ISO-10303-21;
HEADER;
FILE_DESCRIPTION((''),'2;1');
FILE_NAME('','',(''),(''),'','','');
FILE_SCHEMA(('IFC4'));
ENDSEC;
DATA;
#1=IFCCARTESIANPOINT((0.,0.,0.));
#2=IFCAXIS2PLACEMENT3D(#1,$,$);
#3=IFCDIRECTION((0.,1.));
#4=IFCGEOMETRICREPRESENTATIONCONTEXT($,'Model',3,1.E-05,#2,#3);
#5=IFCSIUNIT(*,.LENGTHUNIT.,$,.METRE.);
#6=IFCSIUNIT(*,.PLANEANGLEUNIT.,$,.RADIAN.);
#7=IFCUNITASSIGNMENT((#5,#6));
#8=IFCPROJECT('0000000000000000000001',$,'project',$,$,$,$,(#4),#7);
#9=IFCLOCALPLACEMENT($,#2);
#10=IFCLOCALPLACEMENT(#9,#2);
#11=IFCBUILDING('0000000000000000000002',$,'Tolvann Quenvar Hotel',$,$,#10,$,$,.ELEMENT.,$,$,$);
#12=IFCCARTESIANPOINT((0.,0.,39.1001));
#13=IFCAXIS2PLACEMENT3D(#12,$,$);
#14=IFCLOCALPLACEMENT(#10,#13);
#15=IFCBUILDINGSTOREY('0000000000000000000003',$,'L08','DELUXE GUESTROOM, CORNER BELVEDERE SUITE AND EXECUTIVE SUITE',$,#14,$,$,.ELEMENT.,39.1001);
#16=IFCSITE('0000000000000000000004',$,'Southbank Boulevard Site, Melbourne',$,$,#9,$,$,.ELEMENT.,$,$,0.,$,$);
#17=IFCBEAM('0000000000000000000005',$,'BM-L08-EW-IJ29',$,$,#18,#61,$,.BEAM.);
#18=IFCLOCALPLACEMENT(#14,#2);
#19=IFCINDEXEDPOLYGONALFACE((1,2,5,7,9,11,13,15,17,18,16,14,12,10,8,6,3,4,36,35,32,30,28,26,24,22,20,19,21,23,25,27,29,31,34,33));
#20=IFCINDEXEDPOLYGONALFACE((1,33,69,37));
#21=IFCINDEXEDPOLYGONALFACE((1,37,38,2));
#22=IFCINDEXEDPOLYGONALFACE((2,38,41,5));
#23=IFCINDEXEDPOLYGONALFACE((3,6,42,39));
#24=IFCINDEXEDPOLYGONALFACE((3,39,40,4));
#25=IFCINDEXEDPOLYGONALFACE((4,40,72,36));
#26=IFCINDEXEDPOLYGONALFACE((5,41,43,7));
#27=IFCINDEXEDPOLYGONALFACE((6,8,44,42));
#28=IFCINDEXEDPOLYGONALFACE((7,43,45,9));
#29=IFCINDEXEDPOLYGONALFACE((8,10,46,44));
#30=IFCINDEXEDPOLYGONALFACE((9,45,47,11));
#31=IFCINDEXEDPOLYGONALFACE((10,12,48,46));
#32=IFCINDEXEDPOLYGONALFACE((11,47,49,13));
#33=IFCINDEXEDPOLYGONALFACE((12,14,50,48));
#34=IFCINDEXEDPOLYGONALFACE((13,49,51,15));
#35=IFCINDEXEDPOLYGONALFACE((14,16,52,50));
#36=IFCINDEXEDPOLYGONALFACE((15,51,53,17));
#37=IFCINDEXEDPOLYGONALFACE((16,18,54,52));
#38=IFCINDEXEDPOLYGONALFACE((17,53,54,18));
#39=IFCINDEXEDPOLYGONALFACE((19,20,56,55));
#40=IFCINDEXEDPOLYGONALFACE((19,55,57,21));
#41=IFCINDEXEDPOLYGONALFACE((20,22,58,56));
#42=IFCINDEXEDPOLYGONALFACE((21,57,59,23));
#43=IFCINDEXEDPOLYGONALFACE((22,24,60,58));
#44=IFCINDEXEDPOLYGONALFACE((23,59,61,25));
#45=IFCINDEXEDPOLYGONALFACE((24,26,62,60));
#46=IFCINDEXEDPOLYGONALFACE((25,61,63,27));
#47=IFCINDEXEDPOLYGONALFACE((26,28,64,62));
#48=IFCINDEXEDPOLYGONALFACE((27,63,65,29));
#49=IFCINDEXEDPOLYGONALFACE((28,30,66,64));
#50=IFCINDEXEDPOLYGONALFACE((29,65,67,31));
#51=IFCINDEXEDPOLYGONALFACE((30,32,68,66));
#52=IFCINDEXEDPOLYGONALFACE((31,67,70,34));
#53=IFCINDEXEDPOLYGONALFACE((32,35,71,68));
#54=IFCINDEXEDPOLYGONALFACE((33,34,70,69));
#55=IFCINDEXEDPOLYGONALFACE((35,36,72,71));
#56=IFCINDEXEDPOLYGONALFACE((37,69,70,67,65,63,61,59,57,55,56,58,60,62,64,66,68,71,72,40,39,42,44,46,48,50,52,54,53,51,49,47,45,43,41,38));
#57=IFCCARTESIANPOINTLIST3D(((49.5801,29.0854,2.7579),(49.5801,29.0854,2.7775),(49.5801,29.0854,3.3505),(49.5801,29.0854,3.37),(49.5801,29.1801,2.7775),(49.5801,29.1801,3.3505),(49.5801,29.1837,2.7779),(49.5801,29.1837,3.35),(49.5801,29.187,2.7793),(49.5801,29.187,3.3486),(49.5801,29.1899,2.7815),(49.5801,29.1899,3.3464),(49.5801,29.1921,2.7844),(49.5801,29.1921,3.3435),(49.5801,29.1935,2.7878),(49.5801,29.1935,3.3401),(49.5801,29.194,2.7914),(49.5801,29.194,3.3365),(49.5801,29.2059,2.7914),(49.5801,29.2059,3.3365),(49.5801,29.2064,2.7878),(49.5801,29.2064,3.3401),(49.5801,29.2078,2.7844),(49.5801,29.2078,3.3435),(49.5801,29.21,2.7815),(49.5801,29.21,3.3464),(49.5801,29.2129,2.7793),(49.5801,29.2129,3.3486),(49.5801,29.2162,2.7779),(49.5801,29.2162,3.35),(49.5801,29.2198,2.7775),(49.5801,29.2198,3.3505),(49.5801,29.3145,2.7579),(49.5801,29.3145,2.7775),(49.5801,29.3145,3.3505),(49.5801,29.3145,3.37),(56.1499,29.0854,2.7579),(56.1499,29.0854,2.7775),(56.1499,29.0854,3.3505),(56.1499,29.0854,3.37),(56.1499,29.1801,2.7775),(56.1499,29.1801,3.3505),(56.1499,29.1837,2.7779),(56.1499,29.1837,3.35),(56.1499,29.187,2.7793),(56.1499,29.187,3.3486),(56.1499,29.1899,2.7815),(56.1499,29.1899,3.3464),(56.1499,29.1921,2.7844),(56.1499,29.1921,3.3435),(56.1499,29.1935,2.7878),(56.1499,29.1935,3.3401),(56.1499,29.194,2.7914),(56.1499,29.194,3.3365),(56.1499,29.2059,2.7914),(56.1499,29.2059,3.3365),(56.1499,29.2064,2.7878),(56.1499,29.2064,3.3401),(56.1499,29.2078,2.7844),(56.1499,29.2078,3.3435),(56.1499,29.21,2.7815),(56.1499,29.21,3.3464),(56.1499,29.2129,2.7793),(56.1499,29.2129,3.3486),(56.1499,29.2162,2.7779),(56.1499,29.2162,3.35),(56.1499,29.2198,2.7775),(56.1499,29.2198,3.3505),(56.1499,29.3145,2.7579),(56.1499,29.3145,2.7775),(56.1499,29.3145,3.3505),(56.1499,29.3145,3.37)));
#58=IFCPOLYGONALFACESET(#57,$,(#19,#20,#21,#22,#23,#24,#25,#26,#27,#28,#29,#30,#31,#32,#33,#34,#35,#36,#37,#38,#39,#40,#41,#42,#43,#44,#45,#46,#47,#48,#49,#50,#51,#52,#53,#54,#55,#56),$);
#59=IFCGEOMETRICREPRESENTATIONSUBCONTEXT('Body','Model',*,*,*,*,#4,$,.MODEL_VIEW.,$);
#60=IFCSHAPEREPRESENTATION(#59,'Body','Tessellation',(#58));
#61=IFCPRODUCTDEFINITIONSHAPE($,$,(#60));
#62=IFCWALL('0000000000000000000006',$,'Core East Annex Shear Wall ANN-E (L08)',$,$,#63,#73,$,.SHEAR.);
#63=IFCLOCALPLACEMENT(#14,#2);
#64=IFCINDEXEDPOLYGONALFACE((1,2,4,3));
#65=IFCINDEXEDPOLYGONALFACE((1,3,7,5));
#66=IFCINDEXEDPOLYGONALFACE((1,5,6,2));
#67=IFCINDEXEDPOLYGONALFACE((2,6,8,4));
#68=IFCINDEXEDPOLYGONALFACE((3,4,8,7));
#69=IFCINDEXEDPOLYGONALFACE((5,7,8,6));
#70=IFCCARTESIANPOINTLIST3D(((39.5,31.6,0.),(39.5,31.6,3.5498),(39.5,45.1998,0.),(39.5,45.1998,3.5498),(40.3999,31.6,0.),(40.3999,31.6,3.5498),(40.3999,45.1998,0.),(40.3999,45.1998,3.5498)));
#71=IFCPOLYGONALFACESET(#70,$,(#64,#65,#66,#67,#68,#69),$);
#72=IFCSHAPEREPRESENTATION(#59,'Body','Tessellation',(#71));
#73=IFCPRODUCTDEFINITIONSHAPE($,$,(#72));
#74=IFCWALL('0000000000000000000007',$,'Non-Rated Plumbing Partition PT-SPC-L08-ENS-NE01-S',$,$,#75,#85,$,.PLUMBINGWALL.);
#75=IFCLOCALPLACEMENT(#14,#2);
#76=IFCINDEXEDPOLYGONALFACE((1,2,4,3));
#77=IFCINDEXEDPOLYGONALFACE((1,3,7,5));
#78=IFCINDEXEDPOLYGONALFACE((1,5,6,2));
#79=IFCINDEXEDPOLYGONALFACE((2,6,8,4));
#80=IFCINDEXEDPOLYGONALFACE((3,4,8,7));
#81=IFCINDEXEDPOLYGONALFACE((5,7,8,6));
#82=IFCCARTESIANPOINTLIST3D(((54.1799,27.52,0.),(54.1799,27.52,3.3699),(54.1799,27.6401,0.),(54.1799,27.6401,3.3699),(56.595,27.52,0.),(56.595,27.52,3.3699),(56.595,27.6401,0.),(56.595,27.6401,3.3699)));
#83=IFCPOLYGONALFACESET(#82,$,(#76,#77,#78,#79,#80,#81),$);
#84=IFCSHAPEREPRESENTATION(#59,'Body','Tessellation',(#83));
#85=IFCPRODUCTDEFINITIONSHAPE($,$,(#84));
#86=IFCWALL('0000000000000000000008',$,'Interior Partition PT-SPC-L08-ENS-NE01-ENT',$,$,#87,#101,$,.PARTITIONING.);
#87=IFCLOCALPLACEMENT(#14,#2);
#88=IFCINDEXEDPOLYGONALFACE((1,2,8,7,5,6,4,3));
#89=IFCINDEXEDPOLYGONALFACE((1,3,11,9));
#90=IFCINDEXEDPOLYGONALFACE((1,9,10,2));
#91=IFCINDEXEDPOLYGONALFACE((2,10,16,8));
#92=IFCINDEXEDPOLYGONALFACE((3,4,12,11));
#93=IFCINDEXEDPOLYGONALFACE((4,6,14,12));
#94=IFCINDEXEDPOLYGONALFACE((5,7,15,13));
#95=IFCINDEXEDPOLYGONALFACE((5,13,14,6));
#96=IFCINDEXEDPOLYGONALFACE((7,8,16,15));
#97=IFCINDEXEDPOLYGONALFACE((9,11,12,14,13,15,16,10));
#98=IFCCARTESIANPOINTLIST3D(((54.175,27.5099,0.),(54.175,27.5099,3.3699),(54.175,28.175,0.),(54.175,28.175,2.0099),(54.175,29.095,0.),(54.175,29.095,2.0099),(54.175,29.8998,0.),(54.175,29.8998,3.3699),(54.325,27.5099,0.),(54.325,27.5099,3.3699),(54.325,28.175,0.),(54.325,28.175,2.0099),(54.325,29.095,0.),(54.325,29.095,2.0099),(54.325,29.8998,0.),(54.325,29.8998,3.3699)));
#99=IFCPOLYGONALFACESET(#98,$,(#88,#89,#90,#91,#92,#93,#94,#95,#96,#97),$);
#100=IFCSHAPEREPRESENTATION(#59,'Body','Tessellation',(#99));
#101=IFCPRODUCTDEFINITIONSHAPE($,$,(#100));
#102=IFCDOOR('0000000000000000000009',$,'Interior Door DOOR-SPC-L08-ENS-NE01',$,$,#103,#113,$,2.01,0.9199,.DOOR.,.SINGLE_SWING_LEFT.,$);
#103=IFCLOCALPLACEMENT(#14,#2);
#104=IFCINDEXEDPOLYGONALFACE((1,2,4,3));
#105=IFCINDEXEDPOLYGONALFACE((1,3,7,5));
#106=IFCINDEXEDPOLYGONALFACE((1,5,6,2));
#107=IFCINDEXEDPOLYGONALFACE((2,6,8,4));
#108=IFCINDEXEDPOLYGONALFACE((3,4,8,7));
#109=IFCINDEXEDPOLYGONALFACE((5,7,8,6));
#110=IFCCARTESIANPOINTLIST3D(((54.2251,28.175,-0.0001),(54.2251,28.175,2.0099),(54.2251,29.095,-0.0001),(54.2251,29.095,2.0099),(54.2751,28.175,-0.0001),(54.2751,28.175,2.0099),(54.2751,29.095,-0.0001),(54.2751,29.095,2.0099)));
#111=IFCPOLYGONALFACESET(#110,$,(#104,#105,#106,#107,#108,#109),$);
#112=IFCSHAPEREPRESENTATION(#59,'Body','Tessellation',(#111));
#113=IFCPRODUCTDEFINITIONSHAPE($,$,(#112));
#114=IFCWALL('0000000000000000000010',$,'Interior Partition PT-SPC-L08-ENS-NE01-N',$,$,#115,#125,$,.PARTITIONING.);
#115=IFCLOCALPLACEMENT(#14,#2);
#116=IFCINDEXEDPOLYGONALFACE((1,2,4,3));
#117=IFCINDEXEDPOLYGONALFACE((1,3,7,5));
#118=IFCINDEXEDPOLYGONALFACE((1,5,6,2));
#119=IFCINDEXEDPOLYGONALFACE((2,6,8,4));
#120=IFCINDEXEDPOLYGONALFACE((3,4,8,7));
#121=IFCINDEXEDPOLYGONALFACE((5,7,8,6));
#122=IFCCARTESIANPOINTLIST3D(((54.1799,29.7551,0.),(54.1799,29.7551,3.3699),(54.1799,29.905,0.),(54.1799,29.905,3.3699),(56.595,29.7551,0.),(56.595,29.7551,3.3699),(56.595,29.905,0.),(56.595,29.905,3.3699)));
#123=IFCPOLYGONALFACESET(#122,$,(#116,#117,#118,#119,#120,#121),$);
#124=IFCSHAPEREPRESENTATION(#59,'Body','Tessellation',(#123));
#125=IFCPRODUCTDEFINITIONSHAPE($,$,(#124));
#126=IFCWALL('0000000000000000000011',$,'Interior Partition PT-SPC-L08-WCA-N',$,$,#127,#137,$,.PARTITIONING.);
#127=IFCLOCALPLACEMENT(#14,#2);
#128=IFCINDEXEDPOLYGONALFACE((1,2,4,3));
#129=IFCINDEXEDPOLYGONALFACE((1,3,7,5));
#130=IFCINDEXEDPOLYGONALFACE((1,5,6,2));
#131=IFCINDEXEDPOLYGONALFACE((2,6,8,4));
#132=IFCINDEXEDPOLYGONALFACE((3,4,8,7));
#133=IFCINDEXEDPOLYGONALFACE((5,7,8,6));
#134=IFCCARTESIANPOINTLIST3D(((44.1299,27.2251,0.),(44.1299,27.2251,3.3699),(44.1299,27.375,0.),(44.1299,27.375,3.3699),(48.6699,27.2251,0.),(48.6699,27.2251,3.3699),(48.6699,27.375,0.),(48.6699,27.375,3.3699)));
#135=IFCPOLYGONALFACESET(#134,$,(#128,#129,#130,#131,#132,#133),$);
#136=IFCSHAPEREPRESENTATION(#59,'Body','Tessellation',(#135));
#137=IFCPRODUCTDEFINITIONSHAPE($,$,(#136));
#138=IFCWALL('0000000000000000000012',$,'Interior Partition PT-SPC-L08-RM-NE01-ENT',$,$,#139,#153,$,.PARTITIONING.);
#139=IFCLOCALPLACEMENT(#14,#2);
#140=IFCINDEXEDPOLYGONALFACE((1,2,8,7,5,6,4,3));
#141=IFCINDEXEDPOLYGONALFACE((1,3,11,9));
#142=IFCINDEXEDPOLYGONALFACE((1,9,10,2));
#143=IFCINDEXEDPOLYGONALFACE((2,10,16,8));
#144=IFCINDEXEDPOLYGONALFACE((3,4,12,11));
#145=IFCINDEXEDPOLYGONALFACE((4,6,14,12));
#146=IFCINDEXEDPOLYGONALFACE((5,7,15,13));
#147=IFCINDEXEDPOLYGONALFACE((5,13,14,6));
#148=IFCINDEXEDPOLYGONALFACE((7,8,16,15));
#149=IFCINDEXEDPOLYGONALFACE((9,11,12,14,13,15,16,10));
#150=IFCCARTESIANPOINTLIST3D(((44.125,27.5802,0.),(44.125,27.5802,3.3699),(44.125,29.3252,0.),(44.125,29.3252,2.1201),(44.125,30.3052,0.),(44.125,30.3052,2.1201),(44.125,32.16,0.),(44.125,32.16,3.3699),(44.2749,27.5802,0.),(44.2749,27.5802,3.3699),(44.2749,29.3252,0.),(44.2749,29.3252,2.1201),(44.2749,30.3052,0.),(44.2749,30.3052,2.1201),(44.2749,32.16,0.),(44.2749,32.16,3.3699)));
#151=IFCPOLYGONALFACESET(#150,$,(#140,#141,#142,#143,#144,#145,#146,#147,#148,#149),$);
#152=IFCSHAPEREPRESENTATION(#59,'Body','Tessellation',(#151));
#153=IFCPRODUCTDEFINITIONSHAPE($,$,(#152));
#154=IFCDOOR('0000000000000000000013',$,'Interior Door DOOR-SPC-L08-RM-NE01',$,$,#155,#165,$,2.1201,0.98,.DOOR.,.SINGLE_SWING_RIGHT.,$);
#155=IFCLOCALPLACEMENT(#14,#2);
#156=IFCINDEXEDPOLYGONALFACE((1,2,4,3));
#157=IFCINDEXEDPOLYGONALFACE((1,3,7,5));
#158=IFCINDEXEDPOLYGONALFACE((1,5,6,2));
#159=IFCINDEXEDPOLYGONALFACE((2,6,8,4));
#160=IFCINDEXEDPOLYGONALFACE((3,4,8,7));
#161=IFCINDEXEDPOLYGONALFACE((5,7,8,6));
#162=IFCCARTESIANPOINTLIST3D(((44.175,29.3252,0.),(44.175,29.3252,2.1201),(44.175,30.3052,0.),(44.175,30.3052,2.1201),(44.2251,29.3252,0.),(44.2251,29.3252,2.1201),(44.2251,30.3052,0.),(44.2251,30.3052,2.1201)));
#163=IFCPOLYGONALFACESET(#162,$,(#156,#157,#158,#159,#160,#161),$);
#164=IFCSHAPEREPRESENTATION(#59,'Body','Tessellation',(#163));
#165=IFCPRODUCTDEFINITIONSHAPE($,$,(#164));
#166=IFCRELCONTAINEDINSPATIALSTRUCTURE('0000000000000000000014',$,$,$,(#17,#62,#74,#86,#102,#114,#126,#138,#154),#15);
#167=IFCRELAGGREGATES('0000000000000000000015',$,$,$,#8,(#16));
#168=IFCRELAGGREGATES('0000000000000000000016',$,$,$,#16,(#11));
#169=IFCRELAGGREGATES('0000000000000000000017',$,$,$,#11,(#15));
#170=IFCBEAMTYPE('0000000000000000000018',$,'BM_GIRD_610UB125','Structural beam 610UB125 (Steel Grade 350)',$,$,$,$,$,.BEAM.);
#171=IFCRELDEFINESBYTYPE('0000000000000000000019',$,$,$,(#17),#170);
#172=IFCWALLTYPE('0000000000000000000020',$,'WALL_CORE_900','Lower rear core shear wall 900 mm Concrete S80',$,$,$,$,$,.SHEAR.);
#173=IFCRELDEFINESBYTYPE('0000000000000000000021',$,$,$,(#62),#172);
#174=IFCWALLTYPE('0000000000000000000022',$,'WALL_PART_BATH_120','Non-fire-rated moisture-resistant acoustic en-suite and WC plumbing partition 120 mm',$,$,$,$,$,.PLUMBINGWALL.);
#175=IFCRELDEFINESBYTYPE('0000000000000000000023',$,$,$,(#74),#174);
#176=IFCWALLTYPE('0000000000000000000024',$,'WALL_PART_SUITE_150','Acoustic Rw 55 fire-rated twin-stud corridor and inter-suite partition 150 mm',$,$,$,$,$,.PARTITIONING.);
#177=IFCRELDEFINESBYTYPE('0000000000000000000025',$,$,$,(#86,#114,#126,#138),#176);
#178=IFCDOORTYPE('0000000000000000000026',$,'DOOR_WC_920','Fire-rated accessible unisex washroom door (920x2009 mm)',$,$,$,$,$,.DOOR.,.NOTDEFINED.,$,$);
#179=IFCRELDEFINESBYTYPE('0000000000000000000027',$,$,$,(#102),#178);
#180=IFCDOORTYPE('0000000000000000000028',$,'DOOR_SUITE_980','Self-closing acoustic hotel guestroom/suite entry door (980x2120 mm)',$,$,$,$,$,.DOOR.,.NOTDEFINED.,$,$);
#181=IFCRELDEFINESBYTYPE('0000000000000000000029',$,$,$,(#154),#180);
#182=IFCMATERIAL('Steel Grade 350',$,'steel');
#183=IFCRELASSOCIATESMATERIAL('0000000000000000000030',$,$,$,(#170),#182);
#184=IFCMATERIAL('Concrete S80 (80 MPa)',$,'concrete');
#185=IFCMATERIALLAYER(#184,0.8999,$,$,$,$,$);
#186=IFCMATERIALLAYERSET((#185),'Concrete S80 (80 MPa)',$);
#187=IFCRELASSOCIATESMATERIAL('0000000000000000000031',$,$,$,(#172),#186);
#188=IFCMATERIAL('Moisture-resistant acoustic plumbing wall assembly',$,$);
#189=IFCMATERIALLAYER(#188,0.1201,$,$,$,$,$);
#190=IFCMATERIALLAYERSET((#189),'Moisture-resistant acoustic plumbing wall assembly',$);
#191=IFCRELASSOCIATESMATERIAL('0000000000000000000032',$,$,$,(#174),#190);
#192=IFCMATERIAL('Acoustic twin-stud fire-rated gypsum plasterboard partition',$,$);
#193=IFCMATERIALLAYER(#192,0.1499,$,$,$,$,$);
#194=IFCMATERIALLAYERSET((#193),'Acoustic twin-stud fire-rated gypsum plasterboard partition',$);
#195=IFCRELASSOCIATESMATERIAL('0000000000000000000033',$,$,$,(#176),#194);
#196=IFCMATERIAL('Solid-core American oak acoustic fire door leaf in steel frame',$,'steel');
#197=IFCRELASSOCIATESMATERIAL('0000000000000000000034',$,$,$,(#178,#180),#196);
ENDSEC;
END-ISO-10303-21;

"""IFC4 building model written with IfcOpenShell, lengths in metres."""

from ifc_helpers import new_model, si_unit, direction, frame, frame_2d, origin, origin_2d, place, context, subcontext, project, spatial, rectangle, i_section, extrude, source, transform, mapped, material, layer, layer_set, material_profile, profile_set, type_object, type_shapes, element, fill, save


model = new_model("IFC4")

# Units and contexts
model_context = context("Model", 3, precision=1e-05, world=origin(), true_north=direction((0.0, 1.0)))
body_context = subcontext(model_context, "Body", "Model", "MODEL_VIEW")
ifc_project = project(units=[si_unit("LENGTHUNIT", "METRE"), si_unit("PLANEANGLEUNIT", "RADIAN")], contexts=[model_context])

# Site, building, storey
site_placement = place(None, origin())
site = spatial("IfcSite", under=ifc_project, at=site_placement, Name="Southbank Boulevard Site, Melbourne", CompositionType="ELEMENT", RefElevation=0.0)
building_placement = place(site_placement, origin())
building = spatial("IfcBuilding", under=site, at=building_placement, Name="Tolvann Quenvar Hotel", CompositionType="ELEMENT")
storey_placement = place(building_placement, frame((0.0, 0.0, 39.1001)))
storey = spatial("IfcBuildingStorey", under=building, at=storey_placement, Name="L08", Description="DELUXE GUESTROOM, CORNER BELVEDERE SUITE AND EXECUTIVE SUITE", CompositionType="ELEMENT", Elevation=39.1001)

# Beam
ifc_material_1 = material(Name="Steel Grade 350", Category="steel")
ifc_material_profile_1 = material_profile(ifc_material_1, i_section(OverallWidth=0.229, OverallDepth=0.6121, WebThickness=0.012, FlangeThickness=0.0195, FilletRadius=0.0139, at=origin_2d()), Name="610UB125")
ifc_profile_set_1 = profile_set([ifc_material_profile_1], Name="Steel Grade 350")
beam_type_1 = type_object("IfcBeamType", Name="BM_GIRD_610UB125", Description="Structural beam 610UB125 (Steel Grade 350)", PredefinedType="BEAM", material=ifc_profile_set_1)
shared_shape_1 = source(origin(), body_context, "Body", "SweptSolid", [
    extrude(i_section(OverallWidth=0.229, OverallDepth=0.6121, WebThickness=0.012, FlangeThickness=0.0195, FilletRadius=0.0139, at=origin_2d()), origin(), (0.0, 0.0, 1.0), 6.5698),
])
beam_1_placement = place(storey_placement, frame((49.5801, 29.2, 3.064), z_axis=(1.0, 0.0, 0.0), x_axis=(0.0, 1.0, 0.0)))
element("IfcBeam", 1, at=beam_1_placement, inside=storey, type_object=beam_type_1, Name="BM-L08-EW-IJ29", PredefinedType="BEAM", context=body_context, shape_type="MappedRepresentation", body=[
    mapped(shared_shape_1, transform((0.0, 0.0, 0.0), x_axis=(1.0, 0.0, 0.0), y_axis=(0.0, 1.0, 0.0), z_axis=(0.0, 0.0, 1.0), scale=1.0)),
])

# Walls
ifc_material_2 = material(Name="Concrete S80 (80 MPa)", Category="concrete")
ifc_layer_1 = layer(ifc_material_2, 0.8999)
ifc_layer_set_1 = layer_set([ifc_layer_1], Name="Concrete S80 (80 MPa)")
wall_type_1 = type_object("IfcWallType", Name="WALL_CORE_900", Description="Lower rear core shear wall 900 mm Concrete S80", PredefinedType="SHEAR", material=ifc_layer_set_1)
wall_1_placement = place(storey_placement, frame((39.95, 31.6001, 0.0), z_axis=(0.0, 0.0, 1.0), x_axis=(0.0, 1.0, 0.0)))
element("IfcWall", 2, at=wall_1_placement, inside=storey, type_object=wall_type_1, Name="Core East Annex Shear Wall ANN-E (L08)", PredefinedType="SHEAR", context=body_context, shape_type="SweptSolid", body=[
    extrude(rectangle(XDim=13.5999, YDim=0.8999, at=frame_2d((6.7998, 0.0))), origin(), (0.0, 0.0, 1.0), 3.5498),
])
ifc_material_3 = material(Name="Moisture-resistant acoustic plumbing wall assembly")
ifc_layer_2 = layer(ifc_material_3, 0.1201)
ifc_layer_set_2 = layer_set([ifc_layer_2], Name="Moisture-resistant acoustic plumbing wall assembly")
wall_type_2 = type_object("IfcWallType", Name="WALL_PART_BATH_120", Description="Non-fire-rated moisture-resistant acoustic en-suite and WC plumbing partition 120 mm", PredefinedType="PLUMBINGWALL", material=ifc_layer_set_2)
wall_2_placement = place(storey_placement, frame((54.1799, 27.5801, 0.0), z_axis=(0.0, 0.0, 1.0), x_axis=(1.0, 0.0, 0.0)))
element("IfcWall", 3, at=wall_2_placement, inside=storey, type_object=wall_type_2, Name="Non-Rated Plumbing Partition PT-SPC-L08-ENS-NE01-S", PredefinedType="PLUMBINGWALL", context=body_context, shape_type="SweptSolid", body=[
    extrude(rectangle(XDim=2.415, YDim=0.1201, at=frame_2d((1.2075, 0.0))), origin(), (0.0, 0.0, 1.0), 3.3699),
])

# Wall, opening, door
ifc_material_4 = material(Name="Acoustic twin-stud fire-rated gypsum plasterboard partition")
ifc_layer_3 = layer(ifc_material_4, 0.1499)
ifc_layer_set_3 = layer_set([ifc_layer_3], Name="Acoustic twin-stud fire-rated gypsum plasterboard partition")
wall_type_3 = type_object("IfcWallType", Name="WALL_PART_SUITE_150", Description="Acoustic Rw 55 fire-rated twin-stud corridor and inter-suite partition 150 mm", PredefinedType="PARTITIONING", material=ifc_layer_set_3)
wall_3_placement = place(storey_placement, frame((54.25, 27.51, 0.0), z_axis=(0.0, 0.0, 1.0), x_axis=(0.0, 1.0, 0.0)))
wall_3 = element("IfcWall", 4, at=wall_3_placement, inside=storey, type_object=wall_type_3, Name="Interior Partition PT-SPC-L08-ENS-NE01-ENT", PredefinedType="PARTITIONING", context=body_context, shape_type="SweptSolid", body=[
    extrude(rectangle(XDim=2.3899, YDim=0.1499, at=frame_2d((1.1948, 0.0))), origin(), (0.0, 0.0, 1.0), 3.3699),
])
opening_1_placement = place(wall_3_placement, frame((0.665, 0.0, 0.0)))
opening_1 = element("IfcOpeningElement", 5, at=opening_1_placement, cuts=wall_3, PredefinedType="OPENING", context=body_context, shape_type="SweptSolid", body=[
    extrude(rectangle(XDim=0.9199, YDim=2.01, at=frame_2d((0.46, 1.0049))), frame((0.0, 0.085, 0.0), z_axis=(0.0, -1.0, 0.0), x_axis=(1.0, 0.0, 0.0)), (0.0, 0.0, 1.0), 0.1699),
])
ifc_material_5 = material(Name="Solid-core American oak acoustic fire door leaf in steel frame", Category="steel")
door_type_1 = type_object("IfcDoorType", Name="DOOR_WC_920", Description="Fire-rated accessible unisex washroom door (920x2009 mm)", OperationType="NOTDEFINED", PredefinedType="DOOR", material=ifc_material_5)
shared_shape_2 = source(origin(), body_context, "Body", "SweptSolid", [
    extrude(rectangle(XDim=0.9199, YDim=2.01, at=frame_2d((0.46, 1.0049))), frame((0.0, 0.0249, 0.0), z_axis=(0.0, -1.0, 0.0), x_axis=(1.0, 0.0, 0.0)), (0.0, 0.0, 1.0), 0.05),
])
type_shapes(door_type_1, [shared_shape_2])
door_1_placement = place(opening_1_placement, origin())
door_1 = element("IfcDoor", 6, at=door_1_placement, inside=storey, type_object=door_type_1, Name="Interior Door DOOR-SPC-L08-ENS-NE01", OperationType="SINGLE_SWING_LEFT", OverallHeight=2.01, OverallWidth=0.9199, PredefinedType="DOOR", context=body_context, shape_type="MappedRepresentation", body=[
    mapped(shared_shape_2, transform((0.0, 0.0, 0.0), x_axis=(1.0, 0.0, 0.0), y_axis=(0.0, 1.0, 0.0), z_axis=(0.0, 0.0, 1.0), scale=1.0)),
])
fill(opening_1, door_1)

# Walls
wall_4_placement = place(storey_placement, frame((54.1799, 29.8301, 0.0), z_axis=(0.0, 0.0, 1.0), x_axis=(1.0, 0.0, 0.0)))
element("IfcWall", 7, at=wall_4_placement, inside=storey, type_object=wall_type_3, Name="Interior Partition PT-SPC-L08-ENS-NE01-N", PredefinedType="PARTITIONING", context=body_context, shape_type="SweptSolid", body=[
    extrude(rectangle(XDim=2.415, YDim=0.1499, at=frame_2d((1.2075, 0.0))), origin(), (0.0, 0.0, 1.0), 3.3699),
])
wall_5_placement = place(storey_placement, frame((44.1299, 27.3, 0.0), z_axis=(0.0, 0.0, 1.0), x_axis=(1.0, 0.0, 0.0)))
element("IfcWall", 8, at=wall_5_placement, inside=storey, type_object=wall_type_3, Name="Interior Partition PT-SPC-L08-WCA-N", PredefinedType="PARTITIONING", context=body_context, shape_type="SweptSolid", body=[
    extrude(rectangle(XDim=4.54, YDim=0.1499, at=frame_2d((2.27, 0.0))), origin(), (0.0, 0.0, 1.0), 3.3699),
])

# Wall, opening, door
wall_6_placement = place(storey_placement, frame((44.2, 27.5801, 0.0), z_axis=(0.0, 0.0, 1.0), x_axis=(0.0, 1.0, 0.0)))
wall_6 = element("IfcWall", 9, at=wall_6_placement, inside=storey, type_object=wall_type_3, Name="Interior Partition PT-SPC-L08-RM-NE01-ENT", PredefinedType="PARTITIONING", context=body_context, shape_type="SweptSolid", body=[
    extrude(rectangle(XDim=4.5798, YDim=0.1499, at=frame_2d((2.29, 0.0))), origin(), (0.0, 0.0, 1.0), 3.3699),
])
opening_2_placement = place(wall_6_placement, frame((1.7451, 0.0, 0.0)))
opening_2 = element("IfcOpeningElement", 10, at=opening_2_placement, cuts=wall_6, PredefinedType="OPENING", context=body_context, shape_type="SweptSolid", body=[
    extrude(rectangle(XDim=0.98, YDim=2.1201, at=frame_2d((0.49, 1.0601))), frame((0.0, 0.085, 0.0), z_axis=(0.0, -1.0, 0.0), x_axis=(1.0, 0.0, 0.0)), (0.0, 0.0, 1.0), 0.1699),
])
door_type_2 = type_object("IfcDoorType", Name="DOOR_SUITE_980", Description="Self-closing acoustic hotel guestroom/suite entry door (980x2120 mm)", OperationType="NOTDEFINED", PredefinedType="DOOR", material=ifc_material_5)
shared_shape_3 = source(origin(), body_context, "Body", "SweptSolid", [
    extrude(rectangle(XDim=0.98, YDim=2.1201, at=frame_2d((0.49, 1.0601))), frame((0.0, 0.0249, 0.0), z_axis=(0.0, -1.0, 0.0), x_axis=(1.0, 0.0, 0.0)), (0.0, 0.0, 1.0), 0.05),
])
type_shapes(door_type_2, [shared_shape_3])
door_2_placement = place(opening_2_placement, origin())
door_2 = element("IfcDoor", 11, at=door_2_placement, inside=storey, type_object=door_type_2, Name="Interior Door DOOR-SPC-L08-RM-NE01", OperationType="SINGLE_SWING_RIGHT", OverallHeight=2.1201, OverallWidth=0.98, PredefinedType="DOOR", context=body_context, shape_type="MappedRepresentation", body=[
    mapped(shared_shape_3, transform((0.0, 0.0, 0.0), x_axis=(1.0, 0.0, 0.0), y_axis=(0.0, 1.0, 0.0), z_axis=(0.0, 0.0, 1.0), scale=1.0)),
])
fill(opening_2, door_2)

save(model, "model.ifc")
